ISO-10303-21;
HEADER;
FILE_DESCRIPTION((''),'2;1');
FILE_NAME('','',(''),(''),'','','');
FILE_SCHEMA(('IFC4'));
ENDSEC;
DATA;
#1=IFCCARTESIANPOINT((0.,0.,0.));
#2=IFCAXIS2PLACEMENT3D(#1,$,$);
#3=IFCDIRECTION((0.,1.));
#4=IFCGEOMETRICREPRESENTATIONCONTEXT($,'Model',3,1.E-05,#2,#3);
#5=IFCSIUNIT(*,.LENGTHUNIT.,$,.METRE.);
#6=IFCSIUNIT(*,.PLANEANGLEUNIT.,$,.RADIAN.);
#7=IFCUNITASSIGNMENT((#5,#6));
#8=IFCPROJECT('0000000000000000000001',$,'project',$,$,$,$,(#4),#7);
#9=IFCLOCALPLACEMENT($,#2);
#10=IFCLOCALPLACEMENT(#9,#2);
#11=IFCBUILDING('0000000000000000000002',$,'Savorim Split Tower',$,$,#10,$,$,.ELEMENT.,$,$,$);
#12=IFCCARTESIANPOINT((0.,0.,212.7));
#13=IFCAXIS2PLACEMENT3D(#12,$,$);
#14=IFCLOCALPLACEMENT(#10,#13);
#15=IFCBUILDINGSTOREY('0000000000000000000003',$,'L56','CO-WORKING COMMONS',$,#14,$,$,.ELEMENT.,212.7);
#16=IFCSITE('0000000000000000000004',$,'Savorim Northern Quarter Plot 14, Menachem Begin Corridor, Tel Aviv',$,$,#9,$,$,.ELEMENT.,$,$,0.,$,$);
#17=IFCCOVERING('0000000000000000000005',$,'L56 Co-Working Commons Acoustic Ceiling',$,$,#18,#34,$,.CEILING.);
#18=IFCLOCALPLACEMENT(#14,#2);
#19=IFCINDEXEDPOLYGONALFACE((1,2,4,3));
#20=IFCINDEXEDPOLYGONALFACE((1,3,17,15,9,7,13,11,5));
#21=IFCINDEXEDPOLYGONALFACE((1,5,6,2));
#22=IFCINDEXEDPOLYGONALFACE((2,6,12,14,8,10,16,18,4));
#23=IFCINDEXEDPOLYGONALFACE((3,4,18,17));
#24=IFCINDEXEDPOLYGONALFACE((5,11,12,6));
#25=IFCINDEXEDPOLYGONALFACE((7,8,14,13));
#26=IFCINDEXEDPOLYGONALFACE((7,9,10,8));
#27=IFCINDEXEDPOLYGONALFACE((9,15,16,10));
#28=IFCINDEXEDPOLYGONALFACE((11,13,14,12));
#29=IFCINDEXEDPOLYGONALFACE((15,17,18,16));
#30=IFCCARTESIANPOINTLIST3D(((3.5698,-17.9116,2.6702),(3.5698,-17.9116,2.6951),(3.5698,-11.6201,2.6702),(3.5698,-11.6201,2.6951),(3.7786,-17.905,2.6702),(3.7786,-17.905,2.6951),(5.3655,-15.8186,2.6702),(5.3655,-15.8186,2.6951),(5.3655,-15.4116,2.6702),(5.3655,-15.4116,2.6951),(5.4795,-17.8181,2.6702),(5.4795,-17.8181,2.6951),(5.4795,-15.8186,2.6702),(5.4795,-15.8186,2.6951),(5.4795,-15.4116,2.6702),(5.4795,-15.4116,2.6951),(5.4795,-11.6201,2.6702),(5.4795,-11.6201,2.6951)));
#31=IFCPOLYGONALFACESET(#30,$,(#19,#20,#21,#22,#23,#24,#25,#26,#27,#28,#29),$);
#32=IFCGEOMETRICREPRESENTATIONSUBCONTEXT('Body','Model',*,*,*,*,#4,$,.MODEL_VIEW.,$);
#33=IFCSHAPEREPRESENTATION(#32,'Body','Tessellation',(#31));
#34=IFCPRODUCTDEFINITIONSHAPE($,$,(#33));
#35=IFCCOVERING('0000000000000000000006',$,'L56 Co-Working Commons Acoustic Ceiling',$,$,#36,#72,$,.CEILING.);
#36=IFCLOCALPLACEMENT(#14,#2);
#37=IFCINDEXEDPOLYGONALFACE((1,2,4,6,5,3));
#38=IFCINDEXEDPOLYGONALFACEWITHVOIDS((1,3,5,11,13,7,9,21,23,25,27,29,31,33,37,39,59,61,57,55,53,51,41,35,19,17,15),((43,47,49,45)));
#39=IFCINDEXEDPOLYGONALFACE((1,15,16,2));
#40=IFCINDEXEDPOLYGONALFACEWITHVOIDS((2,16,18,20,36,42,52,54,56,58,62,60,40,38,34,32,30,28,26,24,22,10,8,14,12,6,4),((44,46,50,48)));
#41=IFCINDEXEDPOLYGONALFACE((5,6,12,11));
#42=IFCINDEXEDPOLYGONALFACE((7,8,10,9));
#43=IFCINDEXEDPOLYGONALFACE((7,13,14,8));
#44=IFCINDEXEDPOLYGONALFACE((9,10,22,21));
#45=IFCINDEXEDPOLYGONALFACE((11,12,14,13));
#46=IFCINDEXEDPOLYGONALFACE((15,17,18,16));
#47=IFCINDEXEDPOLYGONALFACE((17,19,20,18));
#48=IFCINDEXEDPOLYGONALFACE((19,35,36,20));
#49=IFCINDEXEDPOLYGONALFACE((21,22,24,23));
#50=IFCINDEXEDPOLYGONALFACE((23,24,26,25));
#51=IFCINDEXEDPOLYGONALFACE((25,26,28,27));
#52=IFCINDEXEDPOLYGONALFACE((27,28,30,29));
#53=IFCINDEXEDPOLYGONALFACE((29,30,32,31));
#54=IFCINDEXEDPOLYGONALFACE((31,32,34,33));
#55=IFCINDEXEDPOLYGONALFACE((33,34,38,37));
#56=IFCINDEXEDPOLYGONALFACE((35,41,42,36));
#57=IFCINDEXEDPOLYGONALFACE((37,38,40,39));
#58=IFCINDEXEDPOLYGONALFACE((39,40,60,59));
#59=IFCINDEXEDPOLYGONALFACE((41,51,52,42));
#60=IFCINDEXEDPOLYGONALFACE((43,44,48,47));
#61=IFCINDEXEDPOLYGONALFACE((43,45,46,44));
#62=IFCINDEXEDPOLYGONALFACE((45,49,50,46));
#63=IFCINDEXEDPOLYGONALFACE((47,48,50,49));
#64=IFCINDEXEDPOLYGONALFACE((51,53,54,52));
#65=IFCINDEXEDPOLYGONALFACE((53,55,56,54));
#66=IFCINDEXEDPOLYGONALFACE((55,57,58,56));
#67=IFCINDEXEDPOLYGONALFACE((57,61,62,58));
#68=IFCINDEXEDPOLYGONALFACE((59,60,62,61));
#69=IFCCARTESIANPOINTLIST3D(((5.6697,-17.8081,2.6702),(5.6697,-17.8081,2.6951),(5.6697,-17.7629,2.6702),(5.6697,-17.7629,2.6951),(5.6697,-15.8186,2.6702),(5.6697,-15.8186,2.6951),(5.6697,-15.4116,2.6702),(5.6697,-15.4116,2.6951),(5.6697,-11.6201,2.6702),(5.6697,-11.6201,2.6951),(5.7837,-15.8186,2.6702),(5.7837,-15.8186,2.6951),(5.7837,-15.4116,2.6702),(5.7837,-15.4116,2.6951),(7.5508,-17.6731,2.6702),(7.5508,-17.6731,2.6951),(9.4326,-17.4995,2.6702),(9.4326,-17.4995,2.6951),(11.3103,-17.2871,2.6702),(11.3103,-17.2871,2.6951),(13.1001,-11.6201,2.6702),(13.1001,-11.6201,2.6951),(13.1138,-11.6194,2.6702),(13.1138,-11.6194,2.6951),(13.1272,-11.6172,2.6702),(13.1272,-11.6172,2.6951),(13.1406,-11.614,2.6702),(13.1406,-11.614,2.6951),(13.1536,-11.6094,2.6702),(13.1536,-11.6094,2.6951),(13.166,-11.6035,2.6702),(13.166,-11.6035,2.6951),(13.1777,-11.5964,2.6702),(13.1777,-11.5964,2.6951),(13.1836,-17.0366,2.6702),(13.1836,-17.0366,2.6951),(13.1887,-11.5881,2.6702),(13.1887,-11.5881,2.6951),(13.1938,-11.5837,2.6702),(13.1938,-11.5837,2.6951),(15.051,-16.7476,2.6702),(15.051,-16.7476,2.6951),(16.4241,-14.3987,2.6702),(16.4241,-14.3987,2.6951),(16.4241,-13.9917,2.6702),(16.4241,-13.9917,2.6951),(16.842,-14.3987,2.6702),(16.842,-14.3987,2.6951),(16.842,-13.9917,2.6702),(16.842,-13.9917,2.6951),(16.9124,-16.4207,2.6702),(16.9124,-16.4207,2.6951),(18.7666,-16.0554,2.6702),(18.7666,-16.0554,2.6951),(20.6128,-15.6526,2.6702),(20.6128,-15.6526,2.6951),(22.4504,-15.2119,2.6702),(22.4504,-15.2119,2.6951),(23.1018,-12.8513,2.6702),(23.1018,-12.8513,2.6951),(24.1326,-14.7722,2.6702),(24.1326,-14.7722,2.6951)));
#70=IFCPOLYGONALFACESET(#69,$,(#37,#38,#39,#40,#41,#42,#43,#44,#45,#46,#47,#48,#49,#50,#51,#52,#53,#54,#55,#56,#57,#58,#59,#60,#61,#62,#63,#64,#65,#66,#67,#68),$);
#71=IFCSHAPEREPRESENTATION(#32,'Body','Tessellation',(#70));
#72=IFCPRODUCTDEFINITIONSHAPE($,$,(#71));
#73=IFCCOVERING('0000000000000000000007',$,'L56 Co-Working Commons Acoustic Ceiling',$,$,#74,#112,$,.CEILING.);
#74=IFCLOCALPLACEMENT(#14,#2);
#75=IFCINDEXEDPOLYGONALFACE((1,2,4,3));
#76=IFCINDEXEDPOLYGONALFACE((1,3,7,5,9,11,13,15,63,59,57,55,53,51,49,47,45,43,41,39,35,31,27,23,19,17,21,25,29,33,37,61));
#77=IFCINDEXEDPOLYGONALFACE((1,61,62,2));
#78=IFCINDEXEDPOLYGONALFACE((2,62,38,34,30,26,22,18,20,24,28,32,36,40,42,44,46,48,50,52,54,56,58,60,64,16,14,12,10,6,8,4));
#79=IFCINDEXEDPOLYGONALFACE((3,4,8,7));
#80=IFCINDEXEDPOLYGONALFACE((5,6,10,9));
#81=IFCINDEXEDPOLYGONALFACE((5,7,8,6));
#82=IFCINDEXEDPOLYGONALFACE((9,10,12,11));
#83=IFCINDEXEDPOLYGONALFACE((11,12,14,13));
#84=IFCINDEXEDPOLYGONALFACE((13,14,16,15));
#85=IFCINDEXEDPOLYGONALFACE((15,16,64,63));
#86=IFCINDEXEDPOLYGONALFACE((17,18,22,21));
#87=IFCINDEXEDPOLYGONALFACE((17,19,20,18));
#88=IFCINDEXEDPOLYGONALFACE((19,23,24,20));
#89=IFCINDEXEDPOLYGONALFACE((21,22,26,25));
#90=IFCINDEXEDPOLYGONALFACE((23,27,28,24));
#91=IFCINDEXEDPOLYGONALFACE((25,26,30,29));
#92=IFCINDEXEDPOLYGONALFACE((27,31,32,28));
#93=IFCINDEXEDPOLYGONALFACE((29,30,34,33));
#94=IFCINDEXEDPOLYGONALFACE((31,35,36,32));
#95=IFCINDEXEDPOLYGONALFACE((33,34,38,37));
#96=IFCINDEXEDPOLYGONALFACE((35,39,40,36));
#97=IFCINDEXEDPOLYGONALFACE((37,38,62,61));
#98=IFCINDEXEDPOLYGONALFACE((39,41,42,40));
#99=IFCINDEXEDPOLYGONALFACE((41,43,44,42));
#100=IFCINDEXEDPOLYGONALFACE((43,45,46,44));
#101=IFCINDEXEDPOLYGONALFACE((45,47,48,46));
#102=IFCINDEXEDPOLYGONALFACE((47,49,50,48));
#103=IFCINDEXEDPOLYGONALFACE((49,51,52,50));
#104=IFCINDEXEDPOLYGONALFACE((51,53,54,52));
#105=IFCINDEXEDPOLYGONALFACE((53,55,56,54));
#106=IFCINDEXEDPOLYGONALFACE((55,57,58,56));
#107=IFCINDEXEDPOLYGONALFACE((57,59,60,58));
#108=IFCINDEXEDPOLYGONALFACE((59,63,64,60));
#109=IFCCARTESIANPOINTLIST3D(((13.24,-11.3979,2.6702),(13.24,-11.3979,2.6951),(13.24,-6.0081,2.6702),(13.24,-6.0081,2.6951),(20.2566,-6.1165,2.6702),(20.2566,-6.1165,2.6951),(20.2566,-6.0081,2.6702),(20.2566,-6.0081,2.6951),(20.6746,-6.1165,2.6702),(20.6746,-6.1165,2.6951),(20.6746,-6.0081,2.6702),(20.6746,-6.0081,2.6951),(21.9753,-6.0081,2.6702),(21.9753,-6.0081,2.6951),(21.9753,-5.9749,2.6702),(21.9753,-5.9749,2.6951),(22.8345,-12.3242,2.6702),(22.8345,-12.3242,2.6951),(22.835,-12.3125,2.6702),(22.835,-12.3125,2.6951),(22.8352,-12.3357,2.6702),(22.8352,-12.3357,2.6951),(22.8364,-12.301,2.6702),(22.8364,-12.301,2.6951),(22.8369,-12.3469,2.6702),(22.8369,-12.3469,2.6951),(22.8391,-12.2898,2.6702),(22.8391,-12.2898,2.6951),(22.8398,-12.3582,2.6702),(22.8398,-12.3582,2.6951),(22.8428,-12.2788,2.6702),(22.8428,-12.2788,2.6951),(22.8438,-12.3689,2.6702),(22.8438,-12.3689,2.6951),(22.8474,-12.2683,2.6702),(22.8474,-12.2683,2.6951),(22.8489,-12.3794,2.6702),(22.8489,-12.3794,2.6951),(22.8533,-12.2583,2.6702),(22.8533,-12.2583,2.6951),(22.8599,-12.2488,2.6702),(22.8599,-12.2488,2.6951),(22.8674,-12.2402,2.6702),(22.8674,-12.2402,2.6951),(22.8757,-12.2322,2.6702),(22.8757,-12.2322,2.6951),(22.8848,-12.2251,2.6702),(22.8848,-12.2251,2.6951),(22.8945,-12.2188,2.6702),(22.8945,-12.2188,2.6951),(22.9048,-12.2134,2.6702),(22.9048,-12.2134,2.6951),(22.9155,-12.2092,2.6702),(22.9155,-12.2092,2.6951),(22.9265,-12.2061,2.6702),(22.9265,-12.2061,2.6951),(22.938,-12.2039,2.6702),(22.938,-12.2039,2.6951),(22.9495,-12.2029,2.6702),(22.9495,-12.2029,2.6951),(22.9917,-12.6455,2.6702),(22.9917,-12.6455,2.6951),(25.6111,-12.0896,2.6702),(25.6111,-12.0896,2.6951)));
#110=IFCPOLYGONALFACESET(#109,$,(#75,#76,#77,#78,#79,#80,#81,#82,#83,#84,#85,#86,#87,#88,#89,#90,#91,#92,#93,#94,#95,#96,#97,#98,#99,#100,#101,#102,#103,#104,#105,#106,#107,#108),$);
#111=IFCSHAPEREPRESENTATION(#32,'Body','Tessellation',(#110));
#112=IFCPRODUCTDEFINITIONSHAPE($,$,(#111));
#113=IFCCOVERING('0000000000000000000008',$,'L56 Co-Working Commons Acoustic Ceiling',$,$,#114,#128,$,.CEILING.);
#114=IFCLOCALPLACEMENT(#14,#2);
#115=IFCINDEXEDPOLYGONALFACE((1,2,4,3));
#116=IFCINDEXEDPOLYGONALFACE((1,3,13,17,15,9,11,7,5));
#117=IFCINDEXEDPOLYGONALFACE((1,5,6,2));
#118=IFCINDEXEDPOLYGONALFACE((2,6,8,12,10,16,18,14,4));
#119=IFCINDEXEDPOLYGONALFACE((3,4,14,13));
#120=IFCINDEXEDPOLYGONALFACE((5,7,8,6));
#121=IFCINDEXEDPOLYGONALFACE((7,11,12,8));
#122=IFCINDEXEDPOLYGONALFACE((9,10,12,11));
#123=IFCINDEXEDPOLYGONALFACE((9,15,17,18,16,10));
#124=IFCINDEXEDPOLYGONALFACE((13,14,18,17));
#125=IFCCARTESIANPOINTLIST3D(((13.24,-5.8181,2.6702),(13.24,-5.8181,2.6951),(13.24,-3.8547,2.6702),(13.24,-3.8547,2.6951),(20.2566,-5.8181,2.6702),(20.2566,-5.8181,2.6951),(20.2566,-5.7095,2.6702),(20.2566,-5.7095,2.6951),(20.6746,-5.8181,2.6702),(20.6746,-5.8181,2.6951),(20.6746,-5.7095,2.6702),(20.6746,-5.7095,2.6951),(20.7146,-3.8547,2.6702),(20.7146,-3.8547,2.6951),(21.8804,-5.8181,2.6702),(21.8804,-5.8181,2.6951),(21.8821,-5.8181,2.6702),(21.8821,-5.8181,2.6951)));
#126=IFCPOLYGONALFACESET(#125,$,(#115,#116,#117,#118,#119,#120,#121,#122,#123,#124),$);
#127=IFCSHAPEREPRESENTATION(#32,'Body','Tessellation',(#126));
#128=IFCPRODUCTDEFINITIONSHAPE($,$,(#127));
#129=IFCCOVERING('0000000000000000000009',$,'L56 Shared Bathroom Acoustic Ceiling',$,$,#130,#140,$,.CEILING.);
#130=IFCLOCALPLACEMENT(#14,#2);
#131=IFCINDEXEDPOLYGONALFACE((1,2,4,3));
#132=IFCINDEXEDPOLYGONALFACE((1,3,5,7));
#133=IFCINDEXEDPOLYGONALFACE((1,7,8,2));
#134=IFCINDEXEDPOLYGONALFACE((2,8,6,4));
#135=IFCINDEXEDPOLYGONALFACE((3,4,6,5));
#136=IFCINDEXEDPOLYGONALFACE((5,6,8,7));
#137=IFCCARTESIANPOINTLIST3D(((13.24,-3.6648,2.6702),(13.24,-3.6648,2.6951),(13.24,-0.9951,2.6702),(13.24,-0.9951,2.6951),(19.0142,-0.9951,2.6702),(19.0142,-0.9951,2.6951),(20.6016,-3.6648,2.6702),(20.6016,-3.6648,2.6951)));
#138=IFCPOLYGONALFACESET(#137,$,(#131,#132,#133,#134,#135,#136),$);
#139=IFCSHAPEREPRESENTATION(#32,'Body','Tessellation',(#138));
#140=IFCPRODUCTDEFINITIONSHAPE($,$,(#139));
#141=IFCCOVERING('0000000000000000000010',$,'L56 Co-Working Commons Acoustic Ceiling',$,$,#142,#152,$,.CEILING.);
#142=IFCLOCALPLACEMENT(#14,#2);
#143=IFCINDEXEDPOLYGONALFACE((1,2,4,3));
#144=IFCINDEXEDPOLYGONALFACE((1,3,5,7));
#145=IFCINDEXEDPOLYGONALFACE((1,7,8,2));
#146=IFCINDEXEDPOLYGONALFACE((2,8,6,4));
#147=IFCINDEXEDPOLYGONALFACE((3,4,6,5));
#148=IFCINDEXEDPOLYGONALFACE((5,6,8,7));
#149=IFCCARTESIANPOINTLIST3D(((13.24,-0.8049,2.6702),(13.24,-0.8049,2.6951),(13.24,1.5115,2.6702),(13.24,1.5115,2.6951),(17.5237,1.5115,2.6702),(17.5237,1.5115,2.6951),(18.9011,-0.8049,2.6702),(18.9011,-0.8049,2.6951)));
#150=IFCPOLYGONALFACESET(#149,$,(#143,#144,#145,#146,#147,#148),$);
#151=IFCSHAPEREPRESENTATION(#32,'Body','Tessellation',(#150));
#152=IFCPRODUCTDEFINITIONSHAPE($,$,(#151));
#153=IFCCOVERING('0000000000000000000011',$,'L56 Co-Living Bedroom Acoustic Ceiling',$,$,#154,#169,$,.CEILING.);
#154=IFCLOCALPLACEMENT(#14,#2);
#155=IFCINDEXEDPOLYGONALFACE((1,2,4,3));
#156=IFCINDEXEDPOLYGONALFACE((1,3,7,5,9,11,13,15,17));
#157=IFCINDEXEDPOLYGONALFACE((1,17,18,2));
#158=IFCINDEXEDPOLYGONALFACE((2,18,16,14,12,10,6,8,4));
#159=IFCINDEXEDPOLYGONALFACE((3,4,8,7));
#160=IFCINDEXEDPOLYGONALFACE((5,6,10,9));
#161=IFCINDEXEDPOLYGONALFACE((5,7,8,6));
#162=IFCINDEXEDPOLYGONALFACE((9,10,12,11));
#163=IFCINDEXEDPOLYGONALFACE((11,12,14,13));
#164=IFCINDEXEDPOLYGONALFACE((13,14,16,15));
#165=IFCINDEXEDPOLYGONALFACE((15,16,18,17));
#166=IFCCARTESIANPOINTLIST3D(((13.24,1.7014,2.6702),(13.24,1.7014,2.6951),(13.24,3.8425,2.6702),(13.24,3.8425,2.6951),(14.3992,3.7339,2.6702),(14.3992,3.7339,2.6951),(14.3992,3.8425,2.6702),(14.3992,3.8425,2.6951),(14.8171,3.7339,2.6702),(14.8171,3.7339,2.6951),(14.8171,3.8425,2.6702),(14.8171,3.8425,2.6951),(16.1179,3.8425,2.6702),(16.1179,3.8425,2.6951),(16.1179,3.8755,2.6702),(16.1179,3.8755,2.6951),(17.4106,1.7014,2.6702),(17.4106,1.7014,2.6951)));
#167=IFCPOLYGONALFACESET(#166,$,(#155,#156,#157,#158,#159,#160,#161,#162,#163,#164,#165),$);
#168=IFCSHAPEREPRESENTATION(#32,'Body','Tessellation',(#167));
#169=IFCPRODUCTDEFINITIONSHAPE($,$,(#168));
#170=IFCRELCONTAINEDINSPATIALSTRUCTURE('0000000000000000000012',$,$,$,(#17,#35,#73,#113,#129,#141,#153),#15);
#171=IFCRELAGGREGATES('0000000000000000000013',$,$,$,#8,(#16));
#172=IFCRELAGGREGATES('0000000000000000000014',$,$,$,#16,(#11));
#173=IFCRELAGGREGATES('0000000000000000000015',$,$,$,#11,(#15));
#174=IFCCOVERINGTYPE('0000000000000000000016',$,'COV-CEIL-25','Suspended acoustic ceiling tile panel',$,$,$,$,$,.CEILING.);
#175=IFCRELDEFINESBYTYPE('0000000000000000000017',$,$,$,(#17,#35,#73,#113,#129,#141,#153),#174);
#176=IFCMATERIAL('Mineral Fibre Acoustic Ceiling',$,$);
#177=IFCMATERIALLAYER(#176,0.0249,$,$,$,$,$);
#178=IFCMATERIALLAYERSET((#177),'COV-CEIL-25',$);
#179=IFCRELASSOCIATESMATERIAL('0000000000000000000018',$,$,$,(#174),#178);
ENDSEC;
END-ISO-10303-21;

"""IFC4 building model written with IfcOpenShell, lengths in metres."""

from ifc_helpers import new_model, si_unit, direction, frame, origin, place, context, subcontext, project, spatial, polyline, outline, extrude, material, layer, layer_set, type_object, element, save


model = new_model("IFC4")

# Units and contexts
model_context = context("Model", 3, precision=1e-05, world=origin(), true_north=direction((0.0, 1.0)))
body_context = subcontext(model_context, "Body", "Model", "MODEL_VIEW")
ifc_project = project(units=[si_unit("LENGTHUNIT", "METRE"), si_unit("PLANEANGLEUNIT", "RADIAN")], contexts=[model_context])

# Site, building, storey
site_placement = place(None, origin())
site = spatial("IfcSite", under=ifc_project, at=site_placement, Name="Savorim Northern Quarter Plot 14, Menachem Begin Corridor, Tel Aviv", CompositionType="ELEMENT", RefElevation=0.0)
building_placement = place(site_placement, origin())
building = spatial("IfcBuilding", under=site, at=building_placement, Name="Savorim Split Tower", CompositionType="ELEMENT")
storey_placement = place(building_placement, frame((0.0, 0.0, 212.7)))
storey = spatial("IfcBuildingStorey", under=building, at=storey_placement, Name="L56", Description="CO-WORKING COMMONS", CompositionType="ELEMENT", Elevation=212.7)

# Coverings
ifc_material_1 = material(Name="Mineral Fibre Acoustic Ceiling")
ifc_layer_1 = layer(ifc_material_1, 0.0249)
ifc_layer_set_1 = layer_set([ifc_layer_1], Name="COV-CEIL-25")
covering_type_1 = type_object("IfcCoveringType", Name="COV-CEIL-25", Description="Suspended acoustic ceiling tile panel", PredefinedType="CEILING", material=ifc_layer_set_1)
covering_1_placement = place(storey_placement, frame((0.0, 0.0, 2.6702)))
element("IfcCovering", 1, at=covering_1_placement, inside=storey, type_object=covering_type_1, Name="L56 Co-Working Commons Acoustic Ceiling", PredefinedType="CEILING", context=body_context, shape_type="SweptSolid", body=[
    extrude(outline(polyline([(5.4795, -11.6201), (3.5698, -11.6201), (3.5698, -17.9116), (3.7786, -17.905), (5.4795, -17.8181), (5.4795, -15.8186), (5.3655, -15.8186), (5.3655, -15.4116), (5.4795, -15.4116), (5.4795, -11.6201)])), origin(), (0.0, 0.0, 1.0), 0.0249),
])
covering_2_placement = place(storey_placement, frame((0.0, 0.0, 2.6702)))
element("IfcCovering", 2, at=covering_2_placement, inside=storey, type_object=covering_type_1, Name="L56 Co-Working Commons Acoustic Ceiling", PredefinedType="CEILING", context=body_context, shape_type="SweptSolid", body=[
    extrude(outline(polyline([(20.6128, -15.6526), (22.4504, -15.2119), (24.1326, -14.7722), (23.1018, -12.8513), (13.1938, -11.5837), (13.1887, -11.5881), (13.1777, -11.5964), (13.166, -11.6035), (13.1536, -11.6094), (13.1406, -11.614), (13.1272, -11.6172), (13.1138, -11.6194), (13.1001, -11.6201), (5.6697, -11.6201), (5.6697, -15.4116), (5.7837, -15.4116), (5.7837, -15.8186), (5.6697, -15.8186), (5.6697, -17.7629), (5.6697, -17.8081), (7.5508, -17.6731), (9.4326, -17.4995), (11.3103, -17.2871), (13.1836, -17.0366), (15.051, -16.7476), (16.9124, -16.4207), (18.7666, -16.0554), (20.6128, -15.6526)]), holes=[polyline([(16.842, -14.3987), (16.842, -13.9917), (16.4241, -13.9917), (16.4241, -14.3987), (16.842, -14.3987)])]), origin(), (0.0, 0.0, 1.0), 0.0249),
])
covering_3_placement = place(storey_placement, frame((0.0, 0.0, 2.6702)))
element("IfcCovering", 3, at=covering_3_placement, inside=storey, type_object=covering_type_1, Name="L56 Co-Working Commons Acoustic Ceiling", PredefinedType="CEILING", context=body_context, shape_type="SweptSolid", body=[
    extrude(outline(polyline([(22.9265, -12.2061), (22.938, -12.2039), (22.9495, -12.2029), (25.6111, -12.0896), (21.9753, -5.9749), (21.9753, -6.0081), (20.6746, -6.0081), (20.6746, -6.1165), (20.2566, -6.1165), (20.2566, -6.0081), (13.24, -6.0081), (13.24, -11.3979), (22.9917, -12.6455), (22.8489, -12.3794), (22.8438, -12.3689), (22.8398, -12.3582), (22.8369, -12.3469), (22.8352, -12.3357), (22.8345, -12.3242), (22.835, -12.3125), (22.8364, -12.301), (22.8391, -12.2898), (22.8428, -12.2788), (22.8474, -12.2683), (22.8533, -12.2583), (22.8599, -12.2488), (22.8674, -12.2402), (22.8757, -12.2322), (22.8848, -12.2251), (22.8945, -12.2188), (22.9048, -12.2134), (22.9155, -12.2092), (22.9265, -12.2061)])), origin(), (0.0, 0.0, 1.0), 0.0249),
])
covering_4_placement = place(storey_placement, frame((0.0, 0.0, 2.6702)))
element("IfcCovering", 4, at=covering_4_placement, inside=storey, type_object=covering_type_1, Name="L56 Co-Working Commons Acoustic Ceiling", PredefinedType="CEILING", context=body_context, shape_type="SweptSolid", body=[
    extrude(outline(polyline([(20.6746, -5.7095), (20.6746, -5.8181), (21.8804, -5.8181), (21.8821, -5.8181), (20.7146, -3.8547), (13.24, -3.8547), (13.24, -5.8181), (20.2566, -5.8181), (20.2566, -5.7095), (20.6746, -5.7095)])), origin(), (0.0, 0.0, 1.0), 0.0249),
])
covering_5_placement = place(storey_placement, frame((0.0, 0.0, 2.6702)))
element("IfcCovering", 5, at=covering_5_placement, inside=storey, type_object=covering_type_1, Name="L56 Shared Bathroom Acoustic Ceiling", PredefinedType="CEILING", context=body_context, shape_type="SweptSolid", body=[
    extrude(outline(polyline([(20.6016, -3.6648), (19.0142, -0.9951), (13.24, -0.9951), (13.24, -3.6648), (20.6016, -3.6648)])), origin(), (0.0, 0.0, 1.0), 0.0249),
])
covering_6_placement = place(storey_placement, frame((0.0, 0.0, 2.6702)))
element("IfcCovering", 6, at=covering_6_placement, inside=storey, type_object=covering_type_1, Name="L56 Co-Working Commons Acoustic Ceiling", PredefinedType="CEILING", context=body_context, shape_type="SweptSolid", body=[
    extrude(outline(polyline([(18.9011, -0.8049), (17.5237, 1.5115), (13.24, 1.5115), (13.24, -0.8049), (18.9011, -0.8049)])), origin(), (0.0, 0.0, 1.0), 0.0249),
])
covering_7_placement = place(storey_placement, frame((0.0, 0.0, 2.6702)))
element("IfcCovering", 7, at=covering_7_placement, inside=storey, type_object=covering_type_1, Name="L56 Co-Living Bedroom Acoustic Ceiling", PredefinedType="CEILING", context=body_context, shape_type="SweptSolid", body=[
    extrude(outline(polyline([(14.3992, 3.7339), (14.3992, 3.8425), (13.24, 3.8425), (13.24, 1.7014), (17.4106, 1.7014), (16.1179, 3.8755), (16.1179, 3.8425), (14.8171, 3.8425), (14.8171, 3.7339), (14.3992, 3.7339)])), origin(), (0.0, 0.0, 1.0), 0.0249),
])

save(model, "model.ifc")
